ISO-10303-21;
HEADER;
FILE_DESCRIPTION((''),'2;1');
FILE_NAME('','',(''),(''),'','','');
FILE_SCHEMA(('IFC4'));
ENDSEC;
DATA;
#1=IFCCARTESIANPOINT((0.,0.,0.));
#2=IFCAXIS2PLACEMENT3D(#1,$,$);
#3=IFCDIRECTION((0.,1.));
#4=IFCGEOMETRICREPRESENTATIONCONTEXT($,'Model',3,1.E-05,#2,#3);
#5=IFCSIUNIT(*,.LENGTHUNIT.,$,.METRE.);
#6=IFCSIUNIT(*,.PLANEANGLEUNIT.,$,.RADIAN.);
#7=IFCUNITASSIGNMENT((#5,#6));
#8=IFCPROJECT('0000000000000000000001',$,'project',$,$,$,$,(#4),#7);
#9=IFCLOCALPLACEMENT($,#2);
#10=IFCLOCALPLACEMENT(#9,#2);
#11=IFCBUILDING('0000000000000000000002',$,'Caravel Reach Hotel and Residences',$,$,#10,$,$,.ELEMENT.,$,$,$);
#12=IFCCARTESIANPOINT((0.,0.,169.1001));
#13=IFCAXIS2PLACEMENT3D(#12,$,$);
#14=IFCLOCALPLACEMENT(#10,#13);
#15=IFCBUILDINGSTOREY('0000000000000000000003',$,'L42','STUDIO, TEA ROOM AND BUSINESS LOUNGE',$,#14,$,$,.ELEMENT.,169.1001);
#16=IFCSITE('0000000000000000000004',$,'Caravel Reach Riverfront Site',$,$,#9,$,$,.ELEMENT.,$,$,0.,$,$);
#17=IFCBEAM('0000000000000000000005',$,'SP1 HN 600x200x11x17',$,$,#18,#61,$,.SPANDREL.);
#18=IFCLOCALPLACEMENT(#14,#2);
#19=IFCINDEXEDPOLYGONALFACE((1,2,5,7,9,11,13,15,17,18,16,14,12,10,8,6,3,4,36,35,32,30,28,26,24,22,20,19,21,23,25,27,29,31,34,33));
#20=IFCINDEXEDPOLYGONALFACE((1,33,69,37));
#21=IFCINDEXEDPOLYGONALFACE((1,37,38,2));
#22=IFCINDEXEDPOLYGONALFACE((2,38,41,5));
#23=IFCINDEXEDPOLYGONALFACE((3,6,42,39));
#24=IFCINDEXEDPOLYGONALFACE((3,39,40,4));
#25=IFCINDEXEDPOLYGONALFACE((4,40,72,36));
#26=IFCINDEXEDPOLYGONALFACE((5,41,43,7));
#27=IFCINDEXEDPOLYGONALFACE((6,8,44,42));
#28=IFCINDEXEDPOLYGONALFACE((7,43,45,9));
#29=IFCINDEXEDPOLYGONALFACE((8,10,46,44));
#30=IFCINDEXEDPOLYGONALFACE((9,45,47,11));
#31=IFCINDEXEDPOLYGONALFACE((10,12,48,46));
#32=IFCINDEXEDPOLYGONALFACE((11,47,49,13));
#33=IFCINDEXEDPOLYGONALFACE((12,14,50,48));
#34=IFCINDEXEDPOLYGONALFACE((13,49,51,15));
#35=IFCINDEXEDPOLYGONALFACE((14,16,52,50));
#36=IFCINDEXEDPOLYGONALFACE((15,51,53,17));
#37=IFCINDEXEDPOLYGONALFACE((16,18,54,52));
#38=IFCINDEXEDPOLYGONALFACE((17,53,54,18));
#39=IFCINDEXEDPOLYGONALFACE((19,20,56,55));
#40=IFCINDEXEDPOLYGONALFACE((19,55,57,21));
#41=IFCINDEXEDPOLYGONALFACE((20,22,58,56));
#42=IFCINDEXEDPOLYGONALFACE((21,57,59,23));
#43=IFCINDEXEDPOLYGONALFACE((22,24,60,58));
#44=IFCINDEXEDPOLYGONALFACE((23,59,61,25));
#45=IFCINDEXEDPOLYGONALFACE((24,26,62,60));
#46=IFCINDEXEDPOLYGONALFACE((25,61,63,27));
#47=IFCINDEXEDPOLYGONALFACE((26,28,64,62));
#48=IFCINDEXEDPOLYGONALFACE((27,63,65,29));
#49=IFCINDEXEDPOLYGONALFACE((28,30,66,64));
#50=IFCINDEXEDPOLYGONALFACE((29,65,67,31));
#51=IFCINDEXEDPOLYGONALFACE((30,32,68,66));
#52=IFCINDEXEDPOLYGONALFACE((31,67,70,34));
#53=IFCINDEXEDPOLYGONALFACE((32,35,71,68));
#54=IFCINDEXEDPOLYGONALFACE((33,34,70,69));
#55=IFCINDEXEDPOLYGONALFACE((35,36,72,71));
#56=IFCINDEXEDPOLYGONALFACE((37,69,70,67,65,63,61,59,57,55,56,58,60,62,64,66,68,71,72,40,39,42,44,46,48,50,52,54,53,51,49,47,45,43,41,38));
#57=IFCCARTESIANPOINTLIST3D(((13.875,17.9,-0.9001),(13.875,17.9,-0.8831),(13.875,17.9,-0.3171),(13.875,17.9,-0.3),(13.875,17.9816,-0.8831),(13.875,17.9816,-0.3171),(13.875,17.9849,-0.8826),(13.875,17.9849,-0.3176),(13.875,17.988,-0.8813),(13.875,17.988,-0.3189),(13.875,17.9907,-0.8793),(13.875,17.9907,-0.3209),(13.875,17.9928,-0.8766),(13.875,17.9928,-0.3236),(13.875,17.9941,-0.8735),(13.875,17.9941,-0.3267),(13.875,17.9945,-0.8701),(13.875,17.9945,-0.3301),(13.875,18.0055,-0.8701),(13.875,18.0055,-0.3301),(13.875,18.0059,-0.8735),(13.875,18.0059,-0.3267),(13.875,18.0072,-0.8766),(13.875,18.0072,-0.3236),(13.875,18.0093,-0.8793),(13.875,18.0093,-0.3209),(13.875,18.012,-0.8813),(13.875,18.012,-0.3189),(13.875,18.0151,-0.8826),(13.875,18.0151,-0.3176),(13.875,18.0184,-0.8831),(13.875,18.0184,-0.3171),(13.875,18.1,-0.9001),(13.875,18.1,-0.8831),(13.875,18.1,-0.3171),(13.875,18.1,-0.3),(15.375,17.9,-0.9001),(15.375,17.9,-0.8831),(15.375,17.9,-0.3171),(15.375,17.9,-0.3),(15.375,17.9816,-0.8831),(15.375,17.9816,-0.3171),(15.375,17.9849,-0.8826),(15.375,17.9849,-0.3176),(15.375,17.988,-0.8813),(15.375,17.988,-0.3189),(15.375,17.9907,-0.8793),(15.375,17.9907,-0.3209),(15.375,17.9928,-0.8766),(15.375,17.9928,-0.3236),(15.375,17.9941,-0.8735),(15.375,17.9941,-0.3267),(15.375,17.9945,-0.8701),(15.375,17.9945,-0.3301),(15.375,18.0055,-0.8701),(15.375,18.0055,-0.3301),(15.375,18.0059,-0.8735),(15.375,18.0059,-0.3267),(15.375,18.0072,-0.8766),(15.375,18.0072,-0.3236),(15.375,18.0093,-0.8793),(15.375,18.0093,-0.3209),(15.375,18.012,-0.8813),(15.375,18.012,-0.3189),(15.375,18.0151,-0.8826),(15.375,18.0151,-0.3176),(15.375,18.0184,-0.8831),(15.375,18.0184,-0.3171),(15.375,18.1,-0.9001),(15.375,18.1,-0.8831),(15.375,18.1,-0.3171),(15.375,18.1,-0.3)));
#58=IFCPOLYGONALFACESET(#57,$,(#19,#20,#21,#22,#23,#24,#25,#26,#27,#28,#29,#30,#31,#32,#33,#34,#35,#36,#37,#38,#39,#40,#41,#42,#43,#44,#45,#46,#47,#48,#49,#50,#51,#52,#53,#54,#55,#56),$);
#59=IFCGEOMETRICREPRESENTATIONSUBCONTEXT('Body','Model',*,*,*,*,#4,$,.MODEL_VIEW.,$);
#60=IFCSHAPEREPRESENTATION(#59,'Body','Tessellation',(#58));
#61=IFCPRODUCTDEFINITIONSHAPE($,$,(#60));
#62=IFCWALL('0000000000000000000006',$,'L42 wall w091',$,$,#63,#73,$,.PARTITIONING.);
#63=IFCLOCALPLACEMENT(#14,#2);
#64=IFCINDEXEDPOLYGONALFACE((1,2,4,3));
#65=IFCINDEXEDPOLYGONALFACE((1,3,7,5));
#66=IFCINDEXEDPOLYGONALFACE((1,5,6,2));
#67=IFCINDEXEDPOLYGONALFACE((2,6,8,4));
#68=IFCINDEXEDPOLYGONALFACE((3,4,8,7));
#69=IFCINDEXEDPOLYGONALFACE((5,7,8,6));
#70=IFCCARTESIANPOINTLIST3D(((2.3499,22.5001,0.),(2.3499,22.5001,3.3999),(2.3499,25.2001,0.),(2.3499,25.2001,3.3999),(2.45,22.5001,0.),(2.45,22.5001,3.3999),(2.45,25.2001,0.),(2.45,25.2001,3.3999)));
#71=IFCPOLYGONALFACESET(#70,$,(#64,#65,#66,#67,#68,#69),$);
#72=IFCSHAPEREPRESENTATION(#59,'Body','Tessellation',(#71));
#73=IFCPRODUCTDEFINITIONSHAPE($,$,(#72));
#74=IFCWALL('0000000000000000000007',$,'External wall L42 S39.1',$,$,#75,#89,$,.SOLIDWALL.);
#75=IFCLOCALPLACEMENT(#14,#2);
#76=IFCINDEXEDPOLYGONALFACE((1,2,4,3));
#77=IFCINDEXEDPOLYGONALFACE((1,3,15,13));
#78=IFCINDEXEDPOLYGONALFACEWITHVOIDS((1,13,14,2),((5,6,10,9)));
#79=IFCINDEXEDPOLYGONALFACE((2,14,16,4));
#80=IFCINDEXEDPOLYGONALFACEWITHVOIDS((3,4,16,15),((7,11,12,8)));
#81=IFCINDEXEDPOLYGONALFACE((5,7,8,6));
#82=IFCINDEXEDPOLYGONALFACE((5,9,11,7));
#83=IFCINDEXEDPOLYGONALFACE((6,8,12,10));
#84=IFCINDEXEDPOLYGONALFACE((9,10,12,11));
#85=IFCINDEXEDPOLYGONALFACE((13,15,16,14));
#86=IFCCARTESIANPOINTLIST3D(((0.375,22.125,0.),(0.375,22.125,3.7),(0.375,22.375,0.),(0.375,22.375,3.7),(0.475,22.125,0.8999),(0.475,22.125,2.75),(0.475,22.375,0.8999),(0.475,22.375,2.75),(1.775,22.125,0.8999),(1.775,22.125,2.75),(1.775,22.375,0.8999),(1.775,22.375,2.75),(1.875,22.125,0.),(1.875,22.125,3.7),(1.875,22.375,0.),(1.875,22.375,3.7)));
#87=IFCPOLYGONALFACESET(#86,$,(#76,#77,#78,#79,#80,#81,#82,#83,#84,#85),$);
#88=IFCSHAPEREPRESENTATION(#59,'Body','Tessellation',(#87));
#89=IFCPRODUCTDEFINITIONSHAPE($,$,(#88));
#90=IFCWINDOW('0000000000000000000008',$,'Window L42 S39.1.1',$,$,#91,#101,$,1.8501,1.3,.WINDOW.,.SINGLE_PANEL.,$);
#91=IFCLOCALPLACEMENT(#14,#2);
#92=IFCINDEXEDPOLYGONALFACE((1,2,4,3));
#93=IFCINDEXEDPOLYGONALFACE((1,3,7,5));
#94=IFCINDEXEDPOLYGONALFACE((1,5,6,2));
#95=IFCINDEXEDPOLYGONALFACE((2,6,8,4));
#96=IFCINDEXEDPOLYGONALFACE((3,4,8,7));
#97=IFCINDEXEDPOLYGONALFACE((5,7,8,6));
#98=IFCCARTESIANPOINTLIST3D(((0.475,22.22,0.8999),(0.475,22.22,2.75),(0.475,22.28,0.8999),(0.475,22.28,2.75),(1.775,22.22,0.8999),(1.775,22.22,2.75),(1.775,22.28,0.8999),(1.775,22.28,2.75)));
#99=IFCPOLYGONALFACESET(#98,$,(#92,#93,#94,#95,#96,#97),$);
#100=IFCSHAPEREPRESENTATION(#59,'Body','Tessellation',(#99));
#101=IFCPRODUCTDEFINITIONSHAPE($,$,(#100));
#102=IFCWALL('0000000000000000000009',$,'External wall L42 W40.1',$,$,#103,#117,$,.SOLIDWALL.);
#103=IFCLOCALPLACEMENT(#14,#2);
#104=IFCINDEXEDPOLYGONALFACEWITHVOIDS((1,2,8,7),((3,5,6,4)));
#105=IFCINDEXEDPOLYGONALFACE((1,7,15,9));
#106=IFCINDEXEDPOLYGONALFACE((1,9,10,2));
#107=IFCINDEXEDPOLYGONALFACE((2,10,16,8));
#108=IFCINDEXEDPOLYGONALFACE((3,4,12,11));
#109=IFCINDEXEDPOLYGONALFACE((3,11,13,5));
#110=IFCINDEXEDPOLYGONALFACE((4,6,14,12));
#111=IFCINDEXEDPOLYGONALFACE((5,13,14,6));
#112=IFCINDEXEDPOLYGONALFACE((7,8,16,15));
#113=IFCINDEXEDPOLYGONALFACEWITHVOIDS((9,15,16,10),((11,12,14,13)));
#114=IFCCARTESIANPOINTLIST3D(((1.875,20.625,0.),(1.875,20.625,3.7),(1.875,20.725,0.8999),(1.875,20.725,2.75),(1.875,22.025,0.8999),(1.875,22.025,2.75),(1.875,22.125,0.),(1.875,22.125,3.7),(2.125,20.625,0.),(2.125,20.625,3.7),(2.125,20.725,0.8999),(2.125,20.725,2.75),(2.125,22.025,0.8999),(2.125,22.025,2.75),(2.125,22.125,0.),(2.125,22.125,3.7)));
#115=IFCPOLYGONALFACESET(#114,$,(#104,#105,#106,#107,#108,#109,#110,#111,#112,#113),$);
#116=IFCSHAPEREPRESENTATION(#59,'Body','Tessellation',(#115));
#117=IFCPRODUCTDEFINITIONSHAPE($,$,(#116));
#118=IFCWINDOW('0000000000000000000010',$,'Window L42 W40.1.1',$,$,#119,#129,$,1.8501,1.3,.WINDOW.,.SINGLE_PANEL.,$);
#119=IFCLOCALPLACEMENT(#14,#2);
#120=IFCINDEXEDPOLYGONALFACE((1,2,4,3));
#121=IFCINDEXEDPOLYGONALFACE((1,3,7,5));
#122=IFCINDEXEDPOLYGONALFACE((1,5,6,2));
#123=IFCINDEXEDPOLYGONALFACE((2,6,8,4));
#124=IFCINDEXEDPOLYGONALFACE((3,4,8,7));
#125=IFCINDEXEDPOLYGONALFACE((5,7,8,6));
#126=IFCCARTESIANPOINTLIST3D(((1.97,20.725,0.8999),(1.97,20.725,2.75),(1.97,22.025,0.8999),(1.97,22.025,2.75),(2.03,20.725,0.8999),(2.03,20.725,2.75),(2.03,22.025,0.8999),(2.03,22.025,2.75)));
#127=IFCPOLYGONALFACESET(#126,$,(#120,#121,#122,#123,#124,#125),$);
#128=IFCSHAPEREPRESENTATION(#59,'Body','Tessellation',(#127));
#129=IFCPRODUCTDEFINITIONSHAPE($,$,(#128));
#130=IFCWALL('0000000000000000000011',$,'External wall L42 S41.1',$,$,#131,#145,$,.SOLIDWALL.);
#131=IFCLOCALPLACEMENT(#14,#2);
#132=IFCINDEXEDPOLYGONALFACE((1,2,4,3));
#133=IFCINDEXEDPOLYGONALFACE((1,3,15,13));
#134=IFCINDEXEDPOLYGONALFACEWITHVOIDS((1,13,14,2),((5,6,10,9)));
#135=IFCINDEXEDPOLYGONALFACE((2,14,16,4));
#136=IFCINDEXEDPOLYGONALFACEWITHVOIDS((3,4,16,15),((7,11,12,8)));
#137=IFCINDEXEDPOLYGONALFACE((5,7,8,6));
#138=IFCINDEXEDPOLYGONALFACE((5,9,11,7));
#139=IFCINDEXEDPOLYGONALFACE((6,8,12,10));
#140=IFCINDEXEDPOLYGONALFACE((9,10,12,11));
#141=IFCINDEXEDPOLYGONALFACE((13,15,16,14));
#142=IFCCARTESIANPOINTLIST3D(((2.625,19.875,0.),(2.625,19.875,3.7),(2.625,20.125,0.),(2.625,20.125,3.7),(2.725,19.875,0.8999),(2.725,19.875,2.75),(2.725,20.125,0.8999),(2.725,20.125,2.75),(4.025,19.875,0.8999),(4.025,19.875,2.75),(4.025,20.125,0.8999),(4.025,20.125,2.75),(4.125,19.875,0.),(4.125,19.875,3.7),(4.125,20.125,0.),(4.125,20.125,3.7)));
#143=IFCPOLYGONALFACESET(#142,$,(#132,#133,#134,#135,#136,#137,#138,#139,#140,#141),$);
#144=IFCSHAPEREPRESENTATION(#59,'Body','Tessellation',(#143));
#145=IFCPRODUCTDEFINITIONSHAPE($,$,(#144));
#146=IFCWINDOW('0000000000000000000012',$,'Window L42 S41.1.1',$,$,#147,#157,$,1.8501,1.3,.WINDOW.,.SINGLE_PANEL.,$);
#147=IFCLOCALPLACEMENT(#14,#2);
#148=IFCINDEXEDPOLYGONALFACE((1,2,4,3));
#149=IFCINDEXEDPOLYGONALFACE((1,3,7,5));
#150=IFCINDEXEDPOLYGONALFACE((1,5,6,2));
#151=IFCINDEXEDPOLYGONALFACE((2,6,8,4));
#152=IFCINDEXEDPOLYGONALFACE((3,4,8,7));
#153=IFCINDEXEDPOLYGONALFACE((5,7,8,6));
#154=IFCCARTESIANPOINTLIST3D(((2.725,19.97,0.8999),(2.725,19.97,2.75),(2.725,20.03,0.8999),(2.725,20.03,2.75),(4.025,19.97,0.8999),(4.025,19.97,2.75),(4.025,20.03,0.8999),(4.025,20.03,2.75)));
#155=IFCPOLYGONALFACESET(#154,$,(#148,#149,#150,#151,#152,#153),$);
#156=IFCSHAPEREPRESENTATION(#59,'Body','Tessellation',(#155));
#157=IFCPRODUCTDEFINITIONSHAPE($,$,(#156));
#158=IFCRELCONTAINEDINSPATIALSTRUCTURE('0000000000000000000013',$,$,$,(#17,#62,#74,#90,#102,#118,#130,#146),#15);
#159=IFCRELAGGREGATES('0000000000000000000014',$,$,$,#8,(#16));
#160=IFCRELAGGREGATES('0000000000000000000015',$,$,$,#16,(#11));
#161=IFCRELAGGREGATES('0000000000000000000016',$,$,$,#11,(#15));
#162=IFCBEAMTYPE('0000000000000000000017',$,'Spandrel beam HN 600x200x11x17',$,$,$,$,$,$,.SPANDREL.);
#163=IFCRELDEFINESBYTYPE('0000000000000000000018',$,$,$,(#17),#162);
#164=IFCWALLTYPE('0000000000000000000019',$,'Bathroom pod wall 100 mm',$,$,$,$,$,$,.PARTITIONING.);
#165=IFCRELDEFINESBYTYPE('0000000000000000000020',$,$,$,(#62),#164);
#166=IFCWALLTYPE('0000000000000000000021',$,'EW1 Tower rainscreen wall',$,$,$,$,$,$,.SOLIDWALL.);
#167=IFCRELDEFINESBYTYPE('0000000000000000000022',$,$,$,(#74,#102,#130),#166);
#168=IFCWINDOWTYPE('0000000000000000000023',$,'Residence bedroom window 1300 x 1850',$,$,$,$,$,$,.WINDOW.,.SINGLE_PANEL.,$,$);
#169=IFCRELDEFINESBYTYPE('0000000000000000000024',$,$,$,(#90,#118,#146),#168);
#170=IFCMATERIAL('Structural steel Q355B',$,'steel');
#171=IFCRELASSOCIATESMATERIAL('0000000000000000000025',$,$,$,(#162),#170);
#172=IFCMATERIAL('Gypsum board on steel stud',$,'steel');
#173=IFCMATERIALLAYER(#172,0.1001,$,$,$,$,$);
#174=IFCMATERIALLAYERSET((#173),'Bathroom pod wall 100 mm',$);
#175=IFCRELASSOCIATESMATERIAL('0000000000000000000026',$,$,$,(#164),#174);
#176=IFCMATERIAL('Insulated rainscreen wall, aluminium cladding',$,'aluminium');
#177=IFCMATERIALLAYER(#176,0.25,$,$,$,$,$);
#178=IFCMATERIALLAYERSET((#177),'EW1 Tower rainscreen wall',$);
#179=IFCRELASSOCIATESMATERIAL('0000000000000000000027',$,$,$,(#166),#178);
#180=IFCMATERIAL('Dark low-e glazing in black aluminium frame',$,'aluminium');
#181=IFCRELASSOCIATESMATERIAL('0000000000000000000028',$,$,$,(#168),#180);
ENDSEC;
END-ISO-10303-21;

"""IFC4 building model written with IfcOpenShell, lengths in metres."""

from ifc_helpers import new_model, si_unit, direction, frame, frame_2d, origin, origin_2d, place, context, subcontext, project, spatial, rectangle, i_section, extrude, material, layer, layer_set, material_profile, profile_set, type_object, element, fill, save


model = new_model("IFC4")

# Units and contexts
model_context = context("Model", 3, precision=1e-05, world=origin(), true_north=direction((0.0, 1.0)))
body_context = subcontext(model_context, "Body", "Model", "MODEL_VIEW")
ifc_project = project(units=[si_unit("LENGTHUNIT", "METRE"), si_unit("PLANEANGLEUNIT", "RADIAN")], contexts=[model_context])

# Site, building, storey
site_placement = place(None, origin())
site = spatial("IfcSite", under=ifc_project, at=site_placement, Name="Caravel Reach Riverfront Site", CompositionType="ELEMENT", RefElevation=0.0)
building_placement = place(site_placement, origin())
building = spatial("IfcBuilding", under=site, at=building_placement, Name="Caravel Reach Hotel and Residences", CompositionType="ELEMENT")
storey_placement = place(building_placement, frame((0.0, 0.0, 169.1001)))
storey = spatial("IfcBuildingStorey", under=building, at=storey_placement, Name="L42", Description="STUDIO, TEA ROOM AND BUSINESS LOUNGE", CompositionType="ELEMENT", Elevation=169.1001)

# Beam
ifc_material_1 = material(Name="Structural steel Q355B", Category="steel")
ifc_material_profile_1 = material_profile(ifc_material_1, i_section(OverallWidth=0.2, OverallDepth=0.6001, WebThickness=0.011, FlangeThickness=0.0171, FilletRadius=0.0129, at=origin_2d()), Name="HN 600x200x11x17")
ifc_profile_set_1 = profile_set([ifc_material_profile_1], Name="Structural steel Q355B")
beam_type_1 = type_object("IfcBeamType", Name="Spandrel beam HN 600x200x11x17", PredefinedType="SPANDREL", material=ifc_profile_set_1)
beam_1_placement = place(storey_placement, frame((13.875, 18.0, -0.6001), z_axis=(1.0, 0.0, 0.0), x_axis=(0.0, 1.0, 0.0)))
element("IfcBeam", 1, at=beam_1_placement, inside=storey, type_object=beam_type_1, Name="SP1 HN 600x200x11x17", PredefinedType="SPANDREL", context=body_context, shape_type="SweptSolid", body=[
    extrude(i_section(OverallWidth=0.2, OverallDepth=0.6001, WebThickness=0.011, FlangeThickness=0.0171, FilletRadius=0.0129, at=origin_2d()), origin(), (0.0, 0.0, 1.0), 1.5),
])

# Wall
ifc_material_2 = material(Name="Gypsum board on steel stud", Category="steel")
ifc_layer_1 = layer(ifc_material_2, 0.1001)
ifc_layer_set_1 = layer_set([ifc_layer_1], Name="Bathroom pod wall 100 mm")
wall_type_1 = type_object("IfcWallType", Name="Bathroom pod wall 100 mm", PredefinedType="PARTITIONING", material=ifc_layer_set_1)
wall_1_placement = place(storey_placement, frame((2.3999, 22.5, 0.0), z_axis=(0.0, 0.0, 1.0), x_axis=(0.0, 1.0, 0.0)))
element("IfcWall", 2, at=wall_1_placement, inside=storey, type_object=wall_type_1, Name="L42 wall w091", PredefinedType="PARTITIONING", context=body_context, shape_type="SweptSolid", body=[
    extrude(rectangle(XDim=2.7, YDim=0.1001, at=frame_2d((1.3501, 0.0))), origin(), (0.0, 0.0, 1.0), 3.3999),
])

# Walls, openings, windows
ifc_material_3 = material(Name="Insulated rainscreen wall, aluminium cladding", Category="aluminium")
ifc_layer_2 = layer(ifc_material_3, 0.25)
ifc_layer_set_2 = layer_set([ifc_layer_2], Name="EW1 Tower rainscreen wall")
wall_type_2 = type_object("IfcWallType", Name="EW1 Tower rainscreen wall", PredefinedType="SOLIDWALL", material=ifc_layer_set_2)
wall_2_placement = place(storey_placement, frame((0.375, 22.25, 0.0), z_axis=(0.0, 0.0, 1.0), x_axis=(1.0, 0.0, 0.0)))
wall_2 = element("IfcWall", 3, at=wall_2_placement, inside=storey, type_object=wall_type_2, Name="External wall L42 S39.1", PredefinedType="SOLIDWALL", context=body_context, shape_type="SweptSolid", body=[
    extrude(rectangle(XDim=1.5, YDim=0.25, at=frame_2d((0.75, 0.0))), origin(), (0.0, 0.0, 1.0), 3.7),
])
opening_1_placement = place(wall_2_placement, frame((0.1001, 0.0, 0.8999)))
opening_1 = element("IfcOpeningElement", 4, at=opening_1_placement, cuts=wall_2, PredefinedType="OPENING", context=body_context, shape_type="SweptSolid", body=[
    extrude(rectangle(XDim=1.3, YDim=1.8501, at=frame_2d((0.6499, 0.925))), frame((0.0, 0.135, 0.0), z_axis=(0.0, -1.0, 0.0), x_axis=(1.0, 0.0, 0.0)), (0.0, 0.0, 1.0), 0.27),
])
ifc_material_4 = material(Name="Dark low-e glazing in black aluminium frame", Category="aluminium")
window_type = type_object("IfcWindowType", Name="Residence bedroom window 1300 x 1850", PartitioningType="SINGLE_PANEL", PredefinedType="WINDOW", material=ifc_material_4)
window_1_placement = place(opening_1_placement, origin())
window_1 = element("IfcWindow", 5, at=window_1_placement, inside=storey, type_object=window_type, Name="Window L42 S39.1.1", OverallHeight=1.8501, OverallWidth=1.3, PartitioningType="SINGLE_PANEL", PredefinedType="WINDOW", context=body_context, shape_type="SweptSolid", body=[
    extrude(rectangle(XDim=1.3, YDim=1.8501, at=frame_2d((0.6499, 0.925))), frame((0.0, 0.03, 0.0), z_axis=(0.0, -1.0, 0.0), x_axis=(1.0, 0.0, 0.0)), (0.0, 0.0, 1.0), 0.0601),
])
fill(opening_1, window_1)
wall_3_placement = place(storey_placement, frame((2.0, 22.125, 0.0), z_axis=(0.0, 0.0, 1.0), x_axis=(0.0, -1.0, 0.0)))
wall_3 = element("IfcWall", 6, at=wall_3_placement, inside=storey, type_object=wall_type_2, Name="External wall L42 W40.1", PredefinedType="SOLIDWALL", context=body_context, shape_type="SweptSolid", body=[
    extrude(rectangle(XDim=1.5, YDim=0.25, at=frame_2d((0.75, 0.0))), origin(), (0.0, 0.0, 1.0), 3.7),
])
opening_2_placement = place(wall_3_placement, frame((0.1001, 0.0, 0.8999)))
opening_2 = element("IfcOpeningElement", 7, at=opening_2_placement, cuts=wall_3, PredefinedType="OPENING", context=body_context, shape_type="SweptSolid", body=[
    extrude(rectangle(XDim=1.3, YDim=1.8501, at=frame_2d((0.6499, 0.925))), frame((0.0, 0.135, 0.0), z_axis=(0.0, -1.0, 0.0), x_axis=(1.0, 0.0, 0.0)), (0.0, 0.0, 1.0), 0.27),
])
window_2_placement = place(opening_2_placement, origin())
window_2 = element("IfcWindow", 8, at=window_2_placement, inside=storey, type_object=window_type, Name="Window L42 W40.1.1", OverallHeight=1.8501, OverallWidth=1.3, PartitioningType="SINGLE_PANEL", PredefinedType="WINDOW", context=body_context, shape_type="SweptSolid", body=[
    extrude(rectangle(XDim=1.3, YDim=1.8501, at=frame_2d((0.6499, 0.925))), frame((0.0, 0.03, 0.0), z_axis=(0.0, -1.0, 0.0), x_axis=(1.0, 0.0, 0.0)), (0.0, 0.0, 1.0), 0.0601),
])
fill(opening_2, window_2)
wall_4_placement = place(storey_placement, frame((2.625, 20.0, 0.0), z_axis=(0.0, 0.0, 1.0), x_axis=(1.0, 0.0, 0.0)))
wall_4 = element("IfcWall", 9, at=wall_4_placement, inside=storey, type_object=wall_type_2, Name="External wall L42 S41.1", PredefinedType="SOLIDWALL", context=body_context, shape_type="SweptSolid", body=[
    extrude(rectangle(XDim=1.5, YDim=0.25, at=frame_2d((0.75, 0.0))), origin(), (0.0, 0.0, 1.0), 3.7),
])
opening_3_placement = place(wall_4_placement, frame((0.1001, 0.0, 0.8999)))
opening_3 = element("IfcOpeningElement", 10, at=opening_3_placement, cuts=wall_4, PredefinedType="OPENING", context=body_context, shape_type="SweptSolid", body=[
    extrude(rectangle(XDim=1.3, YDim=1.8501, at=frame_2d((0.6499, 0.925))), frame((0.0, 0.135, 0.0), z_axis=(0.0, -1.0, 0.0), x_axis=(1.0, 0.0, 0.0)), (0.0, 0.0, 1.0), 0.27),
])
window_3_placement = place(opening_3_placement, origin())
window_3 = element("IfcWindow", 11, at=window_3_placement, inside=storey, type_object=window_type, Name="Window L42 S41.1.1", OverallHeight=1.8501, OverallWidth=1.3, PartitioningType="SINGLE_PANEL", PredefinedType="WINDOW", context=body_context, shape_type="SweptSolid", body=[
    extrude(rectangle(XDim=1.3, YDim=1.8501, at=frame_2d((0.6499, 0.925))), frame((0.0, 0.03, 0.0), z_axis=(0.0, -1.0, 0.0), x_axis=(1.0, 0.0, 0.0)), (0.0, 0.0, 1.0), 0.0601),
])
fill(opening_3, window_3)

save(model, "model.ifc")
